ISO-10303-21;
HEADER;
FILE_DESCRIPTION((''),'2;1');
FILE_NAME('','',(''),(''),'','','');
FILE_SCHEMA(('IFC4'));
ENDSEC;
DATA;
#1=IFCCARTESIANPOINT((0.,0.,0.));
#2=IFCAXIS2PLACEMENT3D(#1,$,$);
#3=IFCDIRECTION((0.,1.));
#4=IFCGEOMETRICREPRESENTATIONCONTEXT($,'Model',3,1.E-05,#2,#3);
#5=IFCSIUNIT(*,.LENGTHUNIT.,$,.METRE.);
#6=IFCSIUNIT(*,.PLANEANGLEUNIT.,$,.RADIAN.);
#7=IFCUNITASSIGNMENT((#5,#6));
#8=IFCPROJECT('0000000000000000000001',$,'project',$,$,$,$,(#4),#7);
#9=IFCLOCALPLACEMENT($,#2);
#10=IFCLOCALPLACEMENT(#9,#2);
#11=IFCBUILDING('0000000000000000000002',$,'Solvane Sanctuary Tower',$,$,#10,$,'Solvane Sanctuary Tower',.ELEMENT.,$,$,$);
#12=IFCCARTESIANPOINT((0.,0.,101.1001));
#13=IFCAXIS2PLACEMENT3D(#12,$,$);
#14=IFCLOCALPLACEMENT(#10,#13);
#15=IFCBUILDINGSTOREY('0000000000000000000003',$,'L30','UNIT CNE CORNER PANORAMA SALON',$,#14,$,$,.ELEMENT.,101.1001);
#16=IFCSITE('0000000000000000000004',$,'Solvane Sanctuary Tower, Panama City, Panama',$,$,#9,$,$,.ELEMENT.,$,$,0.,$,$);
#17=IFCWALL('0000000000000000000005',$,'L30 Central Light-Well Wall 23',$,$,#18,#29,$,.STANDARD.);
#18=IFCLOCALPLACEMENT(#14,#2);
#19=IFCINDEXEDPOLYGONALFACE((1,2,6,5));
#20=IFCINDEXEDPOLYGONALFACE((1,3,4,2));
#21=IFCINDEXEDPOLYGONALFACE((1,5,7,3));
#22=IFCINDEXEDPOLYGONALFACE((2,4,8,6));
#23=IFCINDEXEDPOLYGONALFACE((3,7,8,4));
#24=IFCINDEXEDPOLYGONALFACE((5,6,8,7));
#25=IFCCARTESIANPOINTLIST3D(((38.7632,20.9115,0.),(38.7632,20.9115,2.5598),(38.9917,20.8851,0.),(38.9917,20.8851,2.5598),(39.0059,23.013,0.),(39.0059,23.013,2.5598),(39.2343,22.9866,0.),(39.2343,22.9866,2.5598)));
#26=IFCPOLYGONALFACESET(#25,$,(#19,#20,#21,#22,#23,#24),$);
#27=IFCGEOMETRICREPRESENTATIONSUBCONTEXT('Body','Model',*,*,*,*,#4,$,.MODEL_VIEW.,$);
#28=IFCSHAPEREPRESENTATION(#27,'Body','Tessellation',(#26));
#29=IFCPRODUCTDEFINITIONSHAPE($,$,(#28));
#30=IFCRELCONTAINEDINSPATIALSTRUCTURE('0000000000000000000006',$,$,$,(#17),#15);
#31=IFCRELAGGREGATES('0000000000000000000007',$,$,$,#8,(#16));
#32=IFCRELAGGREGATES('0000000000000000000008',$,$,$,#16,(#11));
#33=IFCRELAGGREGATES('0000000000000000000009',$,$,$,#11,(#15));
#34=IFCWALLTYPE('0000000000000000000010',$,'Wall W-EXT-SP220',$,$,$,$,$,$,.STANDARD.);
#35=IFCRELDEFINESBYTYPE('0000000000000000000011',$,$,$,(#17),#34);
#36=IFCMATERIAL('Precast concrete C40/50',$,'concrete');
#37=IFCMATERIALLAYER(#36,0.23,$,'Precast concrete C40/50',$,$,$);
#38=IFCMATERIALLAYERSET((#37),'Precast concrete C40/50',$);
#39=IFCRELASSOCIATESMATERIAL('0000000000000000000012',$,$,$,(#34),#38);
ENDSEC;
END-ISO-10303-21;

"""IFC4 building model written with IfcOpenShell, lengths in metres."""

from ifc_helpers import new_model, si_unit, direction, frame, frame_2d, origin, place, context, subcontext, project, spatial, rectangle, extrude, material, layer, layer_set, type_object, element, save


model = new_model("IFC4")

# Units and contexts
model_context = context("Model", 3, precision=1e-05, world=origin(), true_north=direction((0.0, 1.0)))
body_context = subcontext(model_context, "Body", "Model", "MODEL_VIEW")
ifc_project = project(units=[si_unit("LENGTHUNIT", "METRE"), si_unit("PLANEANGLEUNIT", "RADIAN")], contexts=[model_context])

# Site, building, storey
site_placement = place(None, origin())
site = spatial("IfcSite", under=ifc_project, at=site_placement, Name="Solvane Sanctuary Tower, Panama City, Panama", CompositionType="ELEMENT", RefElevation=0.0)
building_placement = place(site_placement, origin())
building = spatial("IfcBuilding", under=site, at=building_placement, Name="Solvane Sanctuary Tower", LongName="Solvane Sanctuary Tower", CompositionType="ELEMENT")
storey_placement = place(building_placement, frame((0.0, 0.0, 101.1001)))
storey = spatial("IfcBuildingStorey", under=building, at=storey_placement, Name="L30", Description="UNIT CNE CORNER PANORAMA SALON", CompositionType="ELEMENT", Elevation=101.1001)

# Wall
ifc_material_1 = material(Name="Precast concrete C40/50", Category="concrete")
ifc_layer_1 = layer(ifc_material_1, 0.23, Name="Precast concrete C40/50")
ifc_layer_set_1 = layer_set([ifc_layer_1], Name="Precast concrete C40/50")
wall_type_1 = type_object("IfcWallType", Name="Wall W-EXT-SP220", PredefinedType="STANDARD", material=ifc_layer_set_1)
wall_1_placement = place(storey_placement, frame((38.8774, 20.8984, 0.0), z_axis=(0.0, 0.0, 1.0), x_axis=(0.114712, 0.993399, 0.0)))
element("IfcWall", 1, at=wall_1_placement, inside=storey, type_object=wall_type_1, Name="L30 Central Light-Well Wall 23", PredefinedType="STANDARD", context=body_context, shape_type="SweptSolid", body=[
    extrude(rectangle(XDim=2.1155, YDim=0.23, at=frame_2d((1.0576, 0.0))), origin(), (0.0, 0.0, 1.0), 2.5598),
])

save(model, "model.ifc")
